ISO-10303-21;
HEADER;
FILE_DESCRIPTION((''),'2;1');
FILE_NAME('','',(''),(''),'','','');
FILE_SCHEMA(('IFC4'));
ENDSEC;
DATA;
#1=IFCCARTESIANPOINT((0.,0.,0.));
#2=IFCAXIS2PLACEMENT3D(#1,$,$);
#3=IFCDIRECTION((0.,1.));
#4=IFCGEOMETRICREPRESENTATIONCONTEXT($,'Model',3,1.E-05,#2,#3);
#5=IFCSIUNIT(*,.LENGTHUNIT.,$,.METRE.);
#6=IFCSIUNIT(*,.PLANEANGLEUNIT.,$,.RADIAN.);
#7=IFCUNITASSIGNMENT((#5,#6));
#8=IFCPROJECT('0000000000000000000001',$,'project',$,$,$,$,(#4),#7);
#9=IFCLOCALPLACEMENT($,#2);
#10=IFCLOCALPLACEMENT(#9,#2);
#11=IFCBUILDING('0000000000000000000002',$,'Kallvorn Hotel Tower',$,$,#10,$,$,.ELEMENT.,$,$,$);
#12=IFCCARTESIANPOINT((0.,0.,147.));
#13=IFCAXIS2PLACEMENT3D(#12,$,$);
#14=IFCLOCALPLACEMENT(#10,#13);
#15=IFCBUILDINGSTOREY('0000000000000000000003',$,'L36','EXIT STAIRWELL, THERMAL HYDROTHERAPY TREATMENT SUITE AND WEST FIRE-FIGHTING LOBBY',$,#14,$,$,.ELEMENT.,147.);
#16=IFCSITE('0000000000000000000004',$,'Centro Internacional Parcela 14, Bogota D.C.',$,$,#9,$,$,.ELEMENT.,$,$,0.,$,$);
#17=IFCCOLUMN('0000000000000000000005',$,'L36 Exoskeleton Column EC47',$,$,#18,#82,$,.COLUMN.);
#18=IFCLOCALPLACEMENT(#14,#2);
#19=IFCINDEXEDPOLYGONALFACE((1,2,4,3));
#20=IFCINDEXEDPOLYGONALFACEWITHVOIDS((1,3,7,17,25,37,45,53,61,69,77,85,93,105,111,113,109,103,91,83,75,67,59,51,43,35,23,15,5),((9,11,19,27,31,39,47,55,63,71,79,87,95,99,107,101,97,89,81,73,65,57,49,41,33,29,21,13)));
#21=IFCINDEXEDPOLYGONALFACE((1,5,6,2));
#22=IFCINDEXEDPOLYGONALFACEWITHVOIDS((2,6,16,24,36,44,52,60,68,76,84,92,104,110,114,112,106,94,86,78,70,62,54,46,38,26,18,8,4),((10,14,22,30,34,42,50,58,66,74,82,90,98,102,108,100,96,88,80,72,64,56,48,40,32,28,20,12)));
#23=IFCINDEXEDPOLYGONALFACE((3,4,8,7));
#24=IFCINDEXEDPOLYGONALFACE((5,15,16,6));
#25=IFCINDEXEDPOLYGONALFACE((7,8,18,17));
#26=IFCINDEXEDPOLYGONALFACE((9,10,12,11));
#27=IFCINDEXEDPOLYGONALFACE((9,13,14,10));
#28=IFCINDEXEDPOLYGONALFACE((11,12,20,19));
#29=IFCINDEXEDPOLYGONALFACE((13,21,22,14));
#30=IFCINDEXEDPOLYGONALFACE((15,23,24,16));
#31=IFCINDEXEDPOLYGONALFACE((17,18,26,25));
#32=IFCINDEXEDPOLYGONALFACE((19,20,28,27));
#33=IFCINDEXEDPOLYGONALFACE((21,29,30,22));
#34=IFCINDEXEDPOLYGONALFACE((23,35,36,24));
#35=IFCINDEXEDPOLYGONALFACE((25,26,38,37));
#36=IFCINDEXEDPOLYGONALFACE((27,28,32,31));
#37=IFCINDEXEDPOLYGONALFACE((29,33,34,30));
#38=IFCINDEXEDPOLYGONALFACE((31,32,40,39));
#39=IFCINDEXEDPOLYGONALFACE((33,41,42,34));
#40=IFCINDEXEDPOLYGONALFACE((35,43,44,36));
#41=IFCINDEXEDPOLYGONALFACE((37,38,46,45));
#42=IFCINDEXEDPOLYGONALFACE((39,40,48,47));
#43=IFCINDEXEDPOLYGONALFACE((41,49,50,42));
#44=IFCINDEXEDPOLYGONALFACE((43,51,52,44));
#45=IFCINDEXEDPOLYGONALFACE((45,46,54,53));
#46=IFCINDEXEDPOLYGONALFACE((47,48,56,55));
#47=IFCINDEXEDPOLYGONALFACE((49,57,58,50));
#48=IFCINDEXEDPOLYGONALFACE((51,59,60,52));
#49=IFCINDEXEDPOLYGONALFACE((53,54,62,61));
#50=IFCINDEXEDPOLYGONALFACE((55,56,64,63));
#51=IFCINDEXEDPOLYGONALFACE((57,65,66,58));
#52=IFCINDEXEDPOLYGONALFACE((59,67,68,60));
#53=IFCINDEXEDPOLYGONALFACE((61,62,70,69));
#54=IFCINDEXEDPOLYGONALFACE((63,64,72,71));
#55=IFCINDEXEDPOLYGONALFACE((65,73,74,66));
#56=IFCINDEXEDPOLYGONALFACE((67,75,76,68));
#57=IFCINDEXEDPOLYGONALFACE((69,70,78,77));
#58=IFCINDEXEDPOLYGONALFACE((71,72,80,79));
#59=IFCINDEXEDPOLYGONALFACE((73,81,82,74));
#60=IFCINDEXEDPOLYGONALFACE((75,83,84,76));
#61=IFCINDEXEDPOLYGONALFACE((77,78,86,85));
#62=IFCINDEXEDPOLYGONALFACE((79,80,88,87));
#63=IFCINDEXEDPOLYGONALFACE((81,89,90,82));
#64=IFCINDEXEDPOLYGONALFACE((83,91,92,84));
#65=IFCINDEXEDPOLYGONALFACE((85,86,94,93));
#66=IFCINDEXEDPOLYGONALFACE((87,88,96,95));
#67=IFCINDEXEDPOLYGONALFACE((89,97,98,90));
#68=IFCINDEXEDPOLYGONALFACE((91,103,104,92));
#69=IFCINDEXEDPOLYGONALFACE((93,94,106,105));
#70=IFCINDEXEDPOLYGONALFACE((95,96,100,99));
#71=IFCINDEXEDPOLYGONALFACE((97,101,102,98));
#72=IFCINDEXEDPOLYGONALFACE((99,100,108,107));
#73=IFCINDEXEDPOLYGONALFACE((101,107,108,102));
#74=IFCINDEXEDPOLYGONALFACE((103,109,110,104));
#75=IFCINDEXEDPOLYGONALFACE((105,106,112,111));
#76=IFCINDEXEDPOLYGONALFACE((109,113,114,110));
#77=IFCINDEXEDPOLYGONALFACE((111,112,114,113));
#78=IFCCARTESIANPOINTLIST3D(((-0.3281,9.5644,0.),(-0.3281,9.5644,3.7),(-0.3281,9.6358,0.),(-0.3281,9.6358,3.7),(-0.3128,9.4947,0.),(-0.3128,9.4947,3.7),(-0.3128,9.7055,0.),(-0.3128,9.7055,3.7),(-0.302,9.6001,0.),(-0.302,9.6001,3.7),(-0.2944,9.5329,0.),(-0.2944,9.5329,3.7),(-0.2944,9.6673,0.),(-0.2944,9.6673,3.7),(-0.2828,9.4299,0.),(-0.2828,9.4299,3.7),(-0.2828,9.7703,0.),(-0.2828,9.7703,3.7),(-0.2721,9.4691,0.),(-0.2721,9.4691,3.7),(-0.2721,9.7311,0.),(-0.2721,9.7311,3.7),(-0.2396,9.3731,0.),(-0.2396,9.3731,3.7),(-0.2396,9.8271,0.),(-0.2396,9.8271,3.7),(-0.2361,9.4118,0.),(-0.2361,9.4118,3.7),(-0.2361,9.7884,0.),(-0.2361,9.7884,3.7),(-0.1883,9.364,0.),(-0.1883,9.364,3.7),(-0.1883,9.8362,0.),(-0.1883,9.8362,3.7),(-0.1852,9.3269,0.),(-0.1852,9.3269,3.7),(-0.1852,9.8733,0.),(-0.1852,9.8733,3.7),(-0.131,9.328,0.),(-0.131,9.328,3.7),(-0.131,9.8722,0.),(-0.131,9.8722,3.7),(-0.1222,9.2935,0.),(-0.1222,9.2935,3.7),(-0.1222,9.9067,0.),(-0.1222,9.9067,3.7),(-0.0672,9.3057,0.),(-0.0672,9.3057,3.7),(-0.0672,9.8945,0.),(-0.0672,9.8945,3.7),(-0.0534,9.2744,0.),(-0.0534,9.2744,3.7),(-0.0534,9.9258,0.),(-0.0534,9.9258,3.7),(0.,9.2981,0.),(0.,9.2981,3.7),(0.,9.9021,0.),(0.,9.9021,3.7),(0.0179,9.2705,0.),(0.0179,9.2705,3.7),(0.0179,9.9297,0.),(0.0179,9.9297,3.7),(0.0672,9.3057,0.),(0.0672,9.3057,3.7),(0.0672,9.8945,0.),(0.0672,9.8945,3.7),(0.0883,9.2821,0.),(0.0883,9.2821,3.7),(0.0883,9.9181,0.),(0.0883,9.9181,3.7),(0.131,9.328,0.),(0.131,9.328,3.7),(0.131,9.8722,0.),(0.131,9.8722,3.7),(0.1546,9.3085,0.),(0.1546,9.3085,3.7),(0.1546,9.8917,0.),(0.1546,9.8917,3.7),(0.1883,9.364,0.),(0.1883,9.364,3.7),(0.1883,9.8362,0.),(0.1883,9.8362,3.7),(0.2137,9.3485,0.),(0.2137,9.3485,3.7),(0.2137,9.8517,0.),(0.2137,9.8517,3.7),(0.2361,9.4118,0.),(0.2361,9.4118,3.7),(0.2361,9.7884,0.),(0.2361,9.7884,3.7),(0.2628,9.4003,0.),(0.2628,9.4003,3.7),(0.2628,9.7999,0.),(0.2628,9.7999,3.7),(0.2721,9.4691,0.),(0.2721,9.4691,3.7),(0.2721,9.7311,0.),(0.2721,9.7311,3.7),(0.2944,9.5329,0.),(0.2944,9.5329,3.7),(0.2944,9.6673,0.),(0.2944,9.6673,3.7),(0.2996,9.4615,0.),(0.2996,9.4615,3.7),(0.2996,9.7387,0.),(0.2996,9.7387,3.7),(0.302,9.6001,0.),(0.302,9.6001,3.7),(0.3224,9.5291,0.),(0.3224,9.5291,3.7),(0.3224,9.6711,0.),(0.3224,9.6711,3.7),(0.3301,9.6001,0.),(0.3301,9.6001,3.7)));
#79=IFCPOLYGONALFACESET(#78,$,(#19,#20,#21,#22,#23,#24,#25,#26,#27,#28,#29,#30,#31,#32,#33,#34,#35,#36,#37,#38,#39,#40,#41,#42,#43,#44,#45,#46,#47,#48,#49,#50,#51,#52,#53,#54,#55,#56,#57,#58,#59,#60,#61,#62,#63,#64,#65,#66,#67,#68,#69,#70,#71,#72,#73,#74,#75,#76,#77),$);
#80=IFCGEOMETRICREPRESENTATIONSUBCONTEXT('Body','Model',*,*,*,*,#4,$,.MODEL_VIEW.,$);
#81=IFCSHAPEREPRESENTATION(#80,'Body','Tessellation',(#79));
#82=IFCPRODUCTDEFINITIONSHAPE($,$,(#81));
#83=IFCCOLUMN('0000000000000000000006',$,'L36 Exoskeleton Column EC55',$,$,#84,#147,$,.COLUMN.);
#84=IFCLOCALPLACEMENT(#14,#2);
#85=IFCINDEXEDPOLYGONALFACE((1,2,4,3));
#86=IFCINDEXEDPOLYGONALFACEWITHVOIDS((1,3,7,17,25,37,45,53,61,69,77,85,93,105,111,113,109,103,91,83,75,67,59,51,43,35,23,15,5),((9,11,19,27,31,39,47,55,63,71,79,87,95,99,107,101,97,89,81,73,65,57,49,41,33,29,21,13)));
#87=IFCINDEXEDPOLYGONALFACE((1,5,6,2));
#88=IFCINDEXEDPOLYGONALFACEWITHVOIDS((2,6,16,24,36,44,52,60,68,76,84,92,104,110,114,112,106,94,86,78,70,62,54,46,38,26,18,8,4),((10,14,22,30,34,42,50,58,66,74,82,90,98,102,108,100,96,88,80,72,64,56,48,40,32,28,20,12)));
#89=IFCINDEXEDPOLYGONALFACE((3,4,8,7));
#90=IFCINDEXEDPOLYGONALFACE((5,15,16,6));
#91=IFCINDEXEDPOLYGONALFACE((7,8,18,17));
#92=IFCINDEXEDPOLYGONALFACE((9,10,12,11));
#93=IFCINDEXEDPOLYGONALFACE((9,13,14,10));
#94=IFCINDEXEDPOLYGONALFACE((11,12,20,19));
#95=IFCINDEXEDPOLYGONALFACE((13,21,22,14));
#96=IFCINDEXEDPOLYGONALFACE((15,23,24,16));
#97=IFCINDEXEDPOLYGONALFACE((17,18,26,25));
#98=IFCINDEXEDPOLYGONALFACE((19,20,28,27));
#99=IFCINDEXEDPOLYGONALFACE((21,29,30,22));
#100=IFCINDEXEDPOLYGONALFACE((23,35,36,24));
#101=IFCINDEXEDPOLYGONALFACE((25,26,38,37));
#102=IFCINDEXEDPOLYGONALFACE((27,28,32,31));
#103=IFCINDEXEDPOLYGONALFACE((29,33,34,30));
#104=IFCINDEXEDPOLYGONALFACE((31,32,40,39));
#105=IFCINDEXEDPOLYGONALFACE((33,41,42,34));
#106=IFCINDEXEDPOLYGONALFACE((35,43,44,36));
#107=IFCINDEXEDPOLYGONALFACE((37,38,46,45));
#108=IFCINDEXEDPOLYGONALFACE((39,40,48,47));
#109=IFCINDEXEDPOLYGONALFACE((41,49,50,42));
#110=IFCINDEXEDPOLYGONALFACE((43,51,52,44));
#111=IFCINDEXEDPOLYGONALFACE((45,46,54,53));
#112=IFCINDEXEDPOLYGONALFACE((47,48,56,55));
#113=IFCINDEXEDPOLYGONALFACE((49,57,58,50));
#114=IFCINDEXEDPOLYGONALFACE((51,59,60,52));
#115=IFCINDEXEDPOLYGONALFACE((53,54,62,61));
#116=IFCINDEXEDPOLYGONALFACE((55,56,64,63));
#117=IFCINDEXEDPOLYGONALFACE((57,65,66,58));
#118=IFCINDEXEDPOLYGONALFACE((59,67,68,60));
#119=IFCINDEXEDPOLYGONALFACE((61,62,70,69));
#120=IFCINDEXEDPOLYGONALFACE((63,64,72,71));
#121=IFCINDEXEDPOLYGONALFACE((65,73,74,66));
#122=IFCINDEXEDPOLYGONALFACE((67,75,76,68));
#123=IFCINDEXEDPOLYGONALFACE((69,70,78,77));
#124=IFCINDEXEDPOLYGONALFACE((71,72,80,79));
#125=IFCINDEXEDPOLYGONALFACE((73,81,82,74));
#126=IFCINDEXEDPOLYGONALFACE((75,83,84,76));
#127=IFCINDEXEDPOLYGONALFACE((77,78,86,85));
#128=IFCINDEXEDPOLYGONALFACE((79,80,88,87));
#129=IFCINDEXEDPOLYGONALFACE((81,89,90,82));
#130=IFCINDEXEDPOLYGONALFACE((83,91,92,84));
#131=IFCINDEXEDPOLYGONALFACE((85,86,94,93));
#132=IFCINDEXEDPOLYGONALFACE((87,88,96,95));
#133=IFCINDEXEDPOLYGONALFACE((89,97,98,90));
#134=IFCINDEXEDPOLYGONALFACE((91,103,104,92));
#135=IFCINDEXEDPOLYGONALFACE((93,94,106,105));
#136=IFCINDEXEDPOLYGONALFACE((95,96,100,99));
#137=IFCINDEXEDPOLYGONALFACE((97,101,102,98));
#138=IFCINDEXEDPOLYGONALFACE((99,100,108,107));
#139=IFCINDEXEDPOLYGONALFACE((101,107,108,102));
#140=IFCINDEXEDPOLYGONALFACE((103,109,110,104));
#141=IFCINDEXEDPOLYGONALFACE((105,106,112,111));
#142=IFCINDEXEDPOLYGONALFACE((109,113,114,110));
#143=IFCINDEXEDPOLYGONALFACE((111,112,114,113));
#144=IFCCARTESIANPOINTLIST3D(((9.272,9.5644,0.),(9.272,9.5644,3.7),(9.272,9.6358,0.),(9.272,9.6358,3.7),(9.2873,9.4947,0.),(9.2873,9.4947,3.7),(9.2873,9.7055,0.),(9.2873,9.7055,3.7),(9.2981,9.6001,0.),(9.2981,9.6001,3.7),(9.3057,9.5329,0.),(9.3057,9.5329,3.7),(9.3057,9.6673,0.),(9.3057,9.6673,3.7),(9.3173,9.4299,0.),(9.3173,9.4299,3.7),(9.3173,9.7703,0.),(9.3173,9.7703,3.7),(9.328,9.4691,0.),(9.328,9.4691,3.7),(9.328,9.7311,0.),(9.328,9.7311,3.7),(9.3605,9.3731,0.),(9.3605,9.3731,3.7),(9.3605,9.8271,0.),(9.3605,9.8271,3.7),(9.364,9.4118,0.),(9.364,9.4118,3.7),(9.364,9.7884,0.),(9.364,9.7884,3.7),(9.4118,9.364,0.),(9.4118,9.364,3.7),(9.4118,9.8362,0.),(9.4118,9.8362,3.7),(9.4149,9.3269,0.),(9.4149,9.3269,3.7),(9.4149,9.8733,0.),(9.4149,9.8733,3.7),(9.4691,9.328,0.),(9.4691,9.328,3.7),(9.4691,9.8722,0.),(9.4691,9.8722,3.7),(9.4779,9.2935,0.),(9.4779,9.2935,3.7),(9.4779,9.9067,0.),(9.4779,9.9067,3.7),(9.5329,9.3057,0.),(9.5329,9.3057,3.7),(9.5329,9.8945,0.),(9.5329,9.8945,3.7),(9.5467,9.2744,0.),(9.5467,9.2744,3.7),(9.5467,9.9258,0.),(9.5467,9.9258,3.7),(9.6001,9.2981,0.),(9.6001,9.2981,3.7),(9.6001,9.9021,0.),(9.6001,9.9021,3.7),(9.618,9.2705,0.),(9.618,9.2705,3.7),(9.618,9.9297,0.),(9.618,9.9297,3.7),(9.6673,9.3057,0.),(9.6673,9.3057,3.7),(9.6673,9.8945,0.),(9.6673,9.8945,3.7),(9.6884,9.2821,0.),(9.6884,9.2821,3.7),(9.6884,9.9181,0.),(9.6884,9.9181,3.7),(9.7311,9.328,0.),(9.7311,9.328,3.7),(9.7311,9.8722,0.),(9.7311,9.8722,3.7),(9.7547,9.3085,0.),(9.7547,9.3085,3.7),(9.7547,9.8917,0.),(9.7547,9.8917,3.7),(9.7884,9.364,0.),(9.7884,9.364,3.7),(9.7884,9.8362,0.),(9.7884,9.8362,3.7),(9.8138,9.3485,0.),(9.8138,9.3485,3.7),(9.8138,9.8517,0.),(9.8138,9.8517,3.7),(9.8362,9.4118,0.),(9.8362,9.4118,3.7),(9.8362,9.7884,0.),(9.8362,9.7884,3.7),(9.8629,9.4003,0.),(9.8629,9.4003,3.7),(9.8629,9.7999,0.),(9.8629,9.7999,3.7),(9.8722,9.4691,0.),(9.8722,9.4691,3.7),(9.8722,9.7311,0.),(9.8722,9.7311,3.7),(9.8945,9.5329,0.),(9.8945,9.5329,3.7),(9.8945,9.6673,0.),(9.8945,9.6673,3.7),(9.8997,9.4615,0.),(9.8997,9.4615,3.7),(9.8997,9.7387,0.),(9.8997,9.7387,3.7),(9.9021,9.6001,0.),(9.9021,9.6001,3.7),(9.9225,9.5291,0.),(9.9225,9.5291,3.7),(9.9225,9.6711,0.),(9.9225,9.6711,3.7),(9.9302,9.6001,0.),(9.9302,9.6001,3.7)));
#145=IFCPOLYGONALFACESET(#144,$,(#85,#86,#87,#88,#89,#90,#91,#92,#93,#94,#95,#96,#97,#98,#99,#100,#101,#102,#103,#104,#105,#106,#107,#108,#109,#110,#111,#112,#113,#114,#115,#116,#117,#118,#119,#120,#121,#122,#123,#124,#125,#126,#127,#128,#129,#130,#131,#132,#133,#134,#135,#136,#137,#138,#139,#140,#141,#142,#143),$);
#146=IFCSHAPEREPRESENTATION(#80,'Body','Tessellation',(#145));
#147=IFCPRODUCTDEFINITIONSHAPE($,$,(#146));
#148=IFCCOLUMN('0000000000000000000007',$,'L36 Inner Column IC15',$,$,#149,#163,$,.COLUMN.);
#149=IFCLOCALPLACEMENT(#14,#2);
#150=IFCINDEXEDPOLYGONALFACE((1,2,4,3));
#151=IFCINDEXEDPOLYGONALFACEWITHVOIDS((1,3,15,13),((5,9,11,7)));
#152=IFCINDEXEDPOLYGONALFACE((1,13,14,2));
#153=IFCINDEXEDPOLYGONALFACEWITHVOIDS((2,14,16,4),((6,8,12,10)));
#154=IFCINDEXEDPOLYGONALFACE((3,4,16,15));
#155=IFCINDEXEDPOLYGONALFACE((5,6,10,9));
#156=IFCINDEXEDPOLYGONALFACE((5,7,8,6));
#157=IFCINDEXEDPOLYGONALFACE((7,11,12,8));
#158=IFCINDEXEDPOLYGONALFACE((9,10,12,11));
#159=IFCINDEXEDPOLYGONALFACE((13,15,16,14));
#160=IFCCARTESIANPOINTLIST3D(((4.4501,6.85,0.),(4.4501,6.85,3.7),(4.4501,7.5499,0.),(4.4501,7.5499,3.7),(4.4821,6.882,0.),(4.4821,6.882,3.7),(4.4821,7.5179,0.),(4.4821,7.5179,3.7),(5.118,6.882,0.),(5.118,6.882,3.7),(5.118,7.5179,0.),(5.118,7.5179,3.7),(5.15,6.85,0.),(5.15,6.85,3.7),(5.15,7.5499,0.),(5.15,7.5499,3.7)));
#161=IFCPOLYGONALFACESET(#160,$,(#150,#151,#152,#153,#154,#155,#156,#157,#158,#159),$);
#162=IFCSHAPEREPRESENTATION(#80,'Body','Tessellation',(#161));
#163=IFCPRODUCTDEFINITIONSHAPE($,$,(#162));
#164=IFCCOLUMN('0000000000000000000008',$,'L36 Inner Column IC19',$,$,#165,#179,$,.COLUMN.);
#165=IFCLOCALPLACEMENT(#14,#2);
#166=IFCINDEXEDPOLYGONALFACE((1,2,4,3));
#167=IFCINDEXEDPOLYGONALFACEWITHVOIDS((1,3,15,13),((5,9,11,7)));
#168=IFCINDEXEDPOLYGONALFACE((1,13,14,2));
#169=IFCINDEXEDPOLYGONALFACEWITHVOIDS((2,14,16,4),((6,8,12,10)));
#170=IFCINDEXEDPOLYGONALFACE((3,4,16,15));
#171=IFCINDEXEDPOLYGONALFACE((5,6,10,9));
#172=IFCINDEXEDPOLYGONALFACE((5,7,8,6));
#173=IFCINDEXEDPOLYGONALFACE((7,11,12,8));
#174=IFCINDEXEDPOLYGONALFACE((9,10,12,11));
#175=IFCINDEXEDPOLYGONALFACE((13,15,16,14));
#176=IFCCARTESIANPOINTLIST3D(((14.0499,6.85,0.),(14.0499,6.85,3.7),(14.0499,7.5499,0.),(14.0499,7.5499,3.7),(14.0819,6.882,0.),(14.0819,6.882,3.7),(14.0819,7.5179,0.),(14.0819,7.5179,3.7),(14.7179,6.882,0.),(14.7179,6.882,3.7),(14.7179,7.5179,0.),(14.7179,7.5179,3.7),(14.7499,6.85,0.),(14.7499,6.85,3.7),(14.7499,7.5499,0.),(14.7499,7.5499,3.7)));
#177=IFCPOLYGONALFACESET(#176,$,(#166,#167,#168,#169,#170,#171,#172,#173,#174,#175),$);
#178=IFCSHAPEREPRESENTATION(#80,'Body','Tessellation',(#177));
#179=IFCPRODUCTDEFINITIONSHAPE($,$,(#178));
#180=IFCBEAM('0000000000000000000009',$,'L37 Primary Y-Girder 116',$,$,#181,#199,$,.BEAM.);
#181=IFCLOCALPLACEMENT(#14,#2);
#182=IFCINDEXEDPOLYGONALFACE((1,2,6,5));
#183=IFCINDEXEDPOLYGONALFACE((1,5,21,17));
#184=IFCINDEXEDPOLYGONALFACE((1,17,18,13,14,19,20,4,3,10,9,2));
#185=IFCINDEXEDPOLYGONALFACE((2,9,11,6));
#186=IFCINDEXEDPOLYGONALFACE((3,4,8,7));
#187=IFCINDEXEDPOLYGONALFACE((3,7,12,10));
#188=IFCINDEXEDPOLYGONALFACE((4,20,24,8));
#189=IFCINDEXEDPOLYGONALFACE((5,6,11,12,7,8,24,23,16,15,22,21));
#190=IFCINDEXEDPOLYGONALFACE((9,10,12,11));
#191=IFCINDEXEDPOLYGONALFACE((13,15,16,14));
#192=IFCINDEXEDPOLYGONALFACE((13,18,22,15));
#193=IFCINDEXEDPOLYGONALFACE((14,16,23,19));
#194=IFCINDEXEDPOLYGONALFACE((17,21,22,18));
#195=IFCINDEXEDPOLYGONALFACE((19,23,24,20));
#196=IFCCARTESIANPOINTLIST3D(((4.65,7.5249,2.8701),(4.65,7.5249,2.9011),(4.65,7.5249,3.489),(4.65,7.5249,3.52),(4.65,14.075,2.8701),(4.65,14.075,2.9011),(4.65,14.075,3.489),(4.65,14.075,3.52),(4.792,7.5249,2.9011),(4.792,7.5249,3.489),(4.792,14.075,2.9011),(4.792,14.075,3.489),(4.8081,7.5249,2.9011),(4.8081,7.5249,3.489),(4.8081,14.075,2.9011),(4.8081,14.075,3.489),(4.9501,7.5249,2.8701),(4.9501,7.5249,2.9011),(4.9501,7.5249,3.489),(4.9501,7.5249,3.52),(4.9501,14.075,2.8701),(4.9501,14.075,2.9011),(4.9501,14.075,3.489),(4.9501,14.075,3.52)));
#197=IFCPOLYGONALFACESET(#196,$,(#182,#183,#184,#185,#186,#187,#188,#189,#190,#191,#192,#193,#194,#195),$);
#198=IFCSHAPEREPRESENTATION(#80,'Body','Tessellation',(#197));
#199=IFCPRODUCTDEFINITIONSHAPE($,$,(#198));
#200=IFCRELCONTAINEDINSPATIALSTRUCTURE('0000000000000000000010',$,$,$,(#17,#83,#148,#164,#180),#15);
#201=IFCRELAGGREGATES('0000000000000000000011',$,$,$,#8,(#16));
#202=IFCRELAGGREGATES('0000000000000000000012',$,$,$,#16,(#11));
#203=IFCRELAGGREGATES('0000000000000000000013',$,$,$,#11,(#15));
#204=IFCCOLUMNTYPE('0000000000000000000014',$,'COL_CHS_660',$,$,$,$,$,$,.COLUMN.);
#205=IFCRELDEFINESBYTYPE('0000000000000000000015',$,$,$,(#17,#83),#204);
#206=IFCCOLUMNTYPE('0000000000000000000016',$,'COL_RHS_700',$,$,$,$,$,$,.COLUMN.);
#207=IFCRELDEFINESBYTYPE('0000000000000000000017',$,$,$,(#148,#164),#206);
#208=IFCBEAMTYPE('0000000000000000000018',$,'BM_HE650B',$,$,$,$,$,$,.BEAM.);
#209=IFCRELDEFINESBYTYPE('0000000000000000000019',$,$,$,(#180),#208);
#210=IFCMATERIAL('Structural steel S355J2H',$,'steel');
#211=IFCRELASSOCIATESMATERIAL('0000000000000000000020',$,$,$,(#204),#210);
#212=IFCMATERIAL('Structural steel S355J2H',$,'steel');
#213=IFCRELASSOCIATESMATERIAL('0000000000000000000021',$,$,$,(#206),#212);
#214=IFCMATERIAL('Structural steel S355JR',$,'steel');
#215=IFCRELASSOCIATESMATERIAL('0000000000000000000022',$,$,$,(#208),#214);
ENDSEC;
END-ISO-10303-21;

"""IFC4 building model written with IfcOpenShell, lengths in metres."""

from ifc_helpers import new_model, si_unit, direction, frame, origin, origin_2d, place, context, subcontext, project, spatial, hollow_rectangle, hollow_circle, i_section, extrude, material, material_profile, profile_set, type_object, element, save


model = new_model("IFC4")

# Units and contexts
model_context = context("Model", 3, precision=1e-05, world=origin(), true_north=direction((0.0, 1.0)))
body_context = subcontext(model_context, "Body", "Model", "MODEL_VIEW")
ifc_project = project(units=[si_unit("LENGTHUNIT", "METRE"), si_unit("PLANEANGLEUNIT", "RADIAN")], contexts=[model_context])

# Site, building, storey
site_placement = place(None, origin())
site = spatial("IfcSite", under=ifc_project, at=site_placement, Name="Centro Internacional Parcela 14, Bogota D.C.", CompositionType="ELEMENT", RefElevation=0.0)
building_placement = place(site_placement, origin())
building = spatial("IfcBuilding", under=site, at=building_placement, Name="Kallvorn Hotel Tower", CompositionType="ELEMENT")
storey_placement = place(building_placement, frame((0.0, 0.0, 147.0)))
storey = spatial("IfcBuildingStorey", under=building, at=storey_placement, Name="L36", Description="EXIT STAIRWELL, THERMAL HYDROTHERAPY TREATMENT SUITE AND WEST FIRE-FIGHTING LOBBY", CompositionType="ELEMENT", Elevation=147.0)

# Columns
ifc_material_1 = material(Name="Structural steel S355J2H", Category="steel")
ifc_material_profile_1 = material_profile(ifc_material_1, hollow_circle(Radius=0.3301, WallThickness=0.0281, at=origin_2d()), Name="CHS 660x28")
ifc_profile_set_1 = profile_set([ifc_material_profile_1], Name="Structural steel S355J2H")
column_type_1 = type_object("IfcColumnType", Name="COL_CHS_660", PredefinedType="COLUMN", material=ifc_profile_set_1)
for number, where, z_axis, x_axis, name in (
    (1, (0.0, 9.6001, 0.0), (0.0, 0.0, 1.0), (1.0, 0.0, 0.0), "L36 Exoskeleton Column EC47"),
    (2, (9.6001, 9.6001, 0.0), (0.0, 0.0, 1.0), (1.0, 0.0, 0.0), "L36 Exoskeleton Column EC55"),
):
    element("IfcColumn", number, at=place(storey_placement, frame(where, z_axis=z_axis, x_axis=x_axis)), inside=storey, type_object=column_type_1, Name=name, PredefinedType="COLUMN", context=body_context, shape_type="SweptSolid", body=[
        extrude(hollow_circle(Radius=0.3301, WallThickness=0.0281, at=origin_2d()), origin(), (0.0, 0.0, 1.0), 3.7),
    ])
ifc_material_2 = material(Name="Structural steel S355J2H", Category="steel")
ifc_material_profile_2 = material_profile(ifc_material_2, hollow_rectangle(XDim=0.7, YDim=0.7, WallThickness=0.032, at=origin_2d()), Name="RHS 700x700x32")
ifc_profile_set_2 = profile_set([ifc_material_profile_2], Name="Structural steel S355J2H")
column_type_2 = type_object("IfcColumnType", Name="COL_RHS_700", PredefinedType="COLUMN", material=ifc_profile_set_2)
for number, where, z_axis, x_axis, name in (
    (3, (4.8, 7.2, 0.0), (0.0, 0.0, 1.0), (1.0, 0.0, 0.0), "L36 Inner Column IC15"),
    (4, (14.3999, 7.2, 0.0), (0.0, 0.0, 1.0), (1.0, 0.0, 0.0), "L36 Inner Column IC19"),
):
    element("IfcColumn", number, at=place(storey_placement, frame(where, z_axis=z_axis, x_axis=x_axis)), inside=storey, type_object=column_type_2, Name=name, PredefinedType="COLUMN", context=body_context, shape_type="SweptSolid", body=[
        extrude(hollow_rectangle(XDim=0.7, YDim=0.7, WallThickness=0.032, at=origin_2d()), origin(), (0.0, 0.0, 1.0), 3.7),
    ])

# Beam
ifc_material_3 = material(Name="Structural steel S355JR", Category="steel")
ifc_material_profile_3 = material_profile(ifc_material_3, i_section(OverallWidth=0.3, OverallDepth=0.6499, WebThickness=0.0161, FlangeThickness=0.031, at=origin_2d()), Name="HE 650 B")
ifc_profile_set_3 = profile_set([ifc_material_profile_3], Name="Structural steel S355JR")
beam_type_1 = type_object("IfcBeamType", Name="BM_HE650B", PredefinedType="BEAM", material=ifc_profile_set_3)
for number, where, z_axis, x_axis, name in (
    (5, (4.8, 7.5249, 3.1951), (0.0, 1.0, 0.0), (-1.0, 0.0, 0.0), "L37 Primary Y-Girder 116"),
):
    element("IfcBeam", number, at=place(storey_placement, frame(where, z_axis=z_axis, x_axis=x_axis)), inside=storey, type_object=beam_type_1, Name=name, PredefinedType="BEAM", context=body_context, shape_type="SweptSolid", body=[
        extrude(i_section(OverallWidth=0.3, OverallDepth=0.6499, WebThickness=0.0161, FlangeThickness=0.031, at=origin_2d()), origin(), (0.0, 0.0, 1.0), 6.55),
    ])

save(model, "model.ifc")
